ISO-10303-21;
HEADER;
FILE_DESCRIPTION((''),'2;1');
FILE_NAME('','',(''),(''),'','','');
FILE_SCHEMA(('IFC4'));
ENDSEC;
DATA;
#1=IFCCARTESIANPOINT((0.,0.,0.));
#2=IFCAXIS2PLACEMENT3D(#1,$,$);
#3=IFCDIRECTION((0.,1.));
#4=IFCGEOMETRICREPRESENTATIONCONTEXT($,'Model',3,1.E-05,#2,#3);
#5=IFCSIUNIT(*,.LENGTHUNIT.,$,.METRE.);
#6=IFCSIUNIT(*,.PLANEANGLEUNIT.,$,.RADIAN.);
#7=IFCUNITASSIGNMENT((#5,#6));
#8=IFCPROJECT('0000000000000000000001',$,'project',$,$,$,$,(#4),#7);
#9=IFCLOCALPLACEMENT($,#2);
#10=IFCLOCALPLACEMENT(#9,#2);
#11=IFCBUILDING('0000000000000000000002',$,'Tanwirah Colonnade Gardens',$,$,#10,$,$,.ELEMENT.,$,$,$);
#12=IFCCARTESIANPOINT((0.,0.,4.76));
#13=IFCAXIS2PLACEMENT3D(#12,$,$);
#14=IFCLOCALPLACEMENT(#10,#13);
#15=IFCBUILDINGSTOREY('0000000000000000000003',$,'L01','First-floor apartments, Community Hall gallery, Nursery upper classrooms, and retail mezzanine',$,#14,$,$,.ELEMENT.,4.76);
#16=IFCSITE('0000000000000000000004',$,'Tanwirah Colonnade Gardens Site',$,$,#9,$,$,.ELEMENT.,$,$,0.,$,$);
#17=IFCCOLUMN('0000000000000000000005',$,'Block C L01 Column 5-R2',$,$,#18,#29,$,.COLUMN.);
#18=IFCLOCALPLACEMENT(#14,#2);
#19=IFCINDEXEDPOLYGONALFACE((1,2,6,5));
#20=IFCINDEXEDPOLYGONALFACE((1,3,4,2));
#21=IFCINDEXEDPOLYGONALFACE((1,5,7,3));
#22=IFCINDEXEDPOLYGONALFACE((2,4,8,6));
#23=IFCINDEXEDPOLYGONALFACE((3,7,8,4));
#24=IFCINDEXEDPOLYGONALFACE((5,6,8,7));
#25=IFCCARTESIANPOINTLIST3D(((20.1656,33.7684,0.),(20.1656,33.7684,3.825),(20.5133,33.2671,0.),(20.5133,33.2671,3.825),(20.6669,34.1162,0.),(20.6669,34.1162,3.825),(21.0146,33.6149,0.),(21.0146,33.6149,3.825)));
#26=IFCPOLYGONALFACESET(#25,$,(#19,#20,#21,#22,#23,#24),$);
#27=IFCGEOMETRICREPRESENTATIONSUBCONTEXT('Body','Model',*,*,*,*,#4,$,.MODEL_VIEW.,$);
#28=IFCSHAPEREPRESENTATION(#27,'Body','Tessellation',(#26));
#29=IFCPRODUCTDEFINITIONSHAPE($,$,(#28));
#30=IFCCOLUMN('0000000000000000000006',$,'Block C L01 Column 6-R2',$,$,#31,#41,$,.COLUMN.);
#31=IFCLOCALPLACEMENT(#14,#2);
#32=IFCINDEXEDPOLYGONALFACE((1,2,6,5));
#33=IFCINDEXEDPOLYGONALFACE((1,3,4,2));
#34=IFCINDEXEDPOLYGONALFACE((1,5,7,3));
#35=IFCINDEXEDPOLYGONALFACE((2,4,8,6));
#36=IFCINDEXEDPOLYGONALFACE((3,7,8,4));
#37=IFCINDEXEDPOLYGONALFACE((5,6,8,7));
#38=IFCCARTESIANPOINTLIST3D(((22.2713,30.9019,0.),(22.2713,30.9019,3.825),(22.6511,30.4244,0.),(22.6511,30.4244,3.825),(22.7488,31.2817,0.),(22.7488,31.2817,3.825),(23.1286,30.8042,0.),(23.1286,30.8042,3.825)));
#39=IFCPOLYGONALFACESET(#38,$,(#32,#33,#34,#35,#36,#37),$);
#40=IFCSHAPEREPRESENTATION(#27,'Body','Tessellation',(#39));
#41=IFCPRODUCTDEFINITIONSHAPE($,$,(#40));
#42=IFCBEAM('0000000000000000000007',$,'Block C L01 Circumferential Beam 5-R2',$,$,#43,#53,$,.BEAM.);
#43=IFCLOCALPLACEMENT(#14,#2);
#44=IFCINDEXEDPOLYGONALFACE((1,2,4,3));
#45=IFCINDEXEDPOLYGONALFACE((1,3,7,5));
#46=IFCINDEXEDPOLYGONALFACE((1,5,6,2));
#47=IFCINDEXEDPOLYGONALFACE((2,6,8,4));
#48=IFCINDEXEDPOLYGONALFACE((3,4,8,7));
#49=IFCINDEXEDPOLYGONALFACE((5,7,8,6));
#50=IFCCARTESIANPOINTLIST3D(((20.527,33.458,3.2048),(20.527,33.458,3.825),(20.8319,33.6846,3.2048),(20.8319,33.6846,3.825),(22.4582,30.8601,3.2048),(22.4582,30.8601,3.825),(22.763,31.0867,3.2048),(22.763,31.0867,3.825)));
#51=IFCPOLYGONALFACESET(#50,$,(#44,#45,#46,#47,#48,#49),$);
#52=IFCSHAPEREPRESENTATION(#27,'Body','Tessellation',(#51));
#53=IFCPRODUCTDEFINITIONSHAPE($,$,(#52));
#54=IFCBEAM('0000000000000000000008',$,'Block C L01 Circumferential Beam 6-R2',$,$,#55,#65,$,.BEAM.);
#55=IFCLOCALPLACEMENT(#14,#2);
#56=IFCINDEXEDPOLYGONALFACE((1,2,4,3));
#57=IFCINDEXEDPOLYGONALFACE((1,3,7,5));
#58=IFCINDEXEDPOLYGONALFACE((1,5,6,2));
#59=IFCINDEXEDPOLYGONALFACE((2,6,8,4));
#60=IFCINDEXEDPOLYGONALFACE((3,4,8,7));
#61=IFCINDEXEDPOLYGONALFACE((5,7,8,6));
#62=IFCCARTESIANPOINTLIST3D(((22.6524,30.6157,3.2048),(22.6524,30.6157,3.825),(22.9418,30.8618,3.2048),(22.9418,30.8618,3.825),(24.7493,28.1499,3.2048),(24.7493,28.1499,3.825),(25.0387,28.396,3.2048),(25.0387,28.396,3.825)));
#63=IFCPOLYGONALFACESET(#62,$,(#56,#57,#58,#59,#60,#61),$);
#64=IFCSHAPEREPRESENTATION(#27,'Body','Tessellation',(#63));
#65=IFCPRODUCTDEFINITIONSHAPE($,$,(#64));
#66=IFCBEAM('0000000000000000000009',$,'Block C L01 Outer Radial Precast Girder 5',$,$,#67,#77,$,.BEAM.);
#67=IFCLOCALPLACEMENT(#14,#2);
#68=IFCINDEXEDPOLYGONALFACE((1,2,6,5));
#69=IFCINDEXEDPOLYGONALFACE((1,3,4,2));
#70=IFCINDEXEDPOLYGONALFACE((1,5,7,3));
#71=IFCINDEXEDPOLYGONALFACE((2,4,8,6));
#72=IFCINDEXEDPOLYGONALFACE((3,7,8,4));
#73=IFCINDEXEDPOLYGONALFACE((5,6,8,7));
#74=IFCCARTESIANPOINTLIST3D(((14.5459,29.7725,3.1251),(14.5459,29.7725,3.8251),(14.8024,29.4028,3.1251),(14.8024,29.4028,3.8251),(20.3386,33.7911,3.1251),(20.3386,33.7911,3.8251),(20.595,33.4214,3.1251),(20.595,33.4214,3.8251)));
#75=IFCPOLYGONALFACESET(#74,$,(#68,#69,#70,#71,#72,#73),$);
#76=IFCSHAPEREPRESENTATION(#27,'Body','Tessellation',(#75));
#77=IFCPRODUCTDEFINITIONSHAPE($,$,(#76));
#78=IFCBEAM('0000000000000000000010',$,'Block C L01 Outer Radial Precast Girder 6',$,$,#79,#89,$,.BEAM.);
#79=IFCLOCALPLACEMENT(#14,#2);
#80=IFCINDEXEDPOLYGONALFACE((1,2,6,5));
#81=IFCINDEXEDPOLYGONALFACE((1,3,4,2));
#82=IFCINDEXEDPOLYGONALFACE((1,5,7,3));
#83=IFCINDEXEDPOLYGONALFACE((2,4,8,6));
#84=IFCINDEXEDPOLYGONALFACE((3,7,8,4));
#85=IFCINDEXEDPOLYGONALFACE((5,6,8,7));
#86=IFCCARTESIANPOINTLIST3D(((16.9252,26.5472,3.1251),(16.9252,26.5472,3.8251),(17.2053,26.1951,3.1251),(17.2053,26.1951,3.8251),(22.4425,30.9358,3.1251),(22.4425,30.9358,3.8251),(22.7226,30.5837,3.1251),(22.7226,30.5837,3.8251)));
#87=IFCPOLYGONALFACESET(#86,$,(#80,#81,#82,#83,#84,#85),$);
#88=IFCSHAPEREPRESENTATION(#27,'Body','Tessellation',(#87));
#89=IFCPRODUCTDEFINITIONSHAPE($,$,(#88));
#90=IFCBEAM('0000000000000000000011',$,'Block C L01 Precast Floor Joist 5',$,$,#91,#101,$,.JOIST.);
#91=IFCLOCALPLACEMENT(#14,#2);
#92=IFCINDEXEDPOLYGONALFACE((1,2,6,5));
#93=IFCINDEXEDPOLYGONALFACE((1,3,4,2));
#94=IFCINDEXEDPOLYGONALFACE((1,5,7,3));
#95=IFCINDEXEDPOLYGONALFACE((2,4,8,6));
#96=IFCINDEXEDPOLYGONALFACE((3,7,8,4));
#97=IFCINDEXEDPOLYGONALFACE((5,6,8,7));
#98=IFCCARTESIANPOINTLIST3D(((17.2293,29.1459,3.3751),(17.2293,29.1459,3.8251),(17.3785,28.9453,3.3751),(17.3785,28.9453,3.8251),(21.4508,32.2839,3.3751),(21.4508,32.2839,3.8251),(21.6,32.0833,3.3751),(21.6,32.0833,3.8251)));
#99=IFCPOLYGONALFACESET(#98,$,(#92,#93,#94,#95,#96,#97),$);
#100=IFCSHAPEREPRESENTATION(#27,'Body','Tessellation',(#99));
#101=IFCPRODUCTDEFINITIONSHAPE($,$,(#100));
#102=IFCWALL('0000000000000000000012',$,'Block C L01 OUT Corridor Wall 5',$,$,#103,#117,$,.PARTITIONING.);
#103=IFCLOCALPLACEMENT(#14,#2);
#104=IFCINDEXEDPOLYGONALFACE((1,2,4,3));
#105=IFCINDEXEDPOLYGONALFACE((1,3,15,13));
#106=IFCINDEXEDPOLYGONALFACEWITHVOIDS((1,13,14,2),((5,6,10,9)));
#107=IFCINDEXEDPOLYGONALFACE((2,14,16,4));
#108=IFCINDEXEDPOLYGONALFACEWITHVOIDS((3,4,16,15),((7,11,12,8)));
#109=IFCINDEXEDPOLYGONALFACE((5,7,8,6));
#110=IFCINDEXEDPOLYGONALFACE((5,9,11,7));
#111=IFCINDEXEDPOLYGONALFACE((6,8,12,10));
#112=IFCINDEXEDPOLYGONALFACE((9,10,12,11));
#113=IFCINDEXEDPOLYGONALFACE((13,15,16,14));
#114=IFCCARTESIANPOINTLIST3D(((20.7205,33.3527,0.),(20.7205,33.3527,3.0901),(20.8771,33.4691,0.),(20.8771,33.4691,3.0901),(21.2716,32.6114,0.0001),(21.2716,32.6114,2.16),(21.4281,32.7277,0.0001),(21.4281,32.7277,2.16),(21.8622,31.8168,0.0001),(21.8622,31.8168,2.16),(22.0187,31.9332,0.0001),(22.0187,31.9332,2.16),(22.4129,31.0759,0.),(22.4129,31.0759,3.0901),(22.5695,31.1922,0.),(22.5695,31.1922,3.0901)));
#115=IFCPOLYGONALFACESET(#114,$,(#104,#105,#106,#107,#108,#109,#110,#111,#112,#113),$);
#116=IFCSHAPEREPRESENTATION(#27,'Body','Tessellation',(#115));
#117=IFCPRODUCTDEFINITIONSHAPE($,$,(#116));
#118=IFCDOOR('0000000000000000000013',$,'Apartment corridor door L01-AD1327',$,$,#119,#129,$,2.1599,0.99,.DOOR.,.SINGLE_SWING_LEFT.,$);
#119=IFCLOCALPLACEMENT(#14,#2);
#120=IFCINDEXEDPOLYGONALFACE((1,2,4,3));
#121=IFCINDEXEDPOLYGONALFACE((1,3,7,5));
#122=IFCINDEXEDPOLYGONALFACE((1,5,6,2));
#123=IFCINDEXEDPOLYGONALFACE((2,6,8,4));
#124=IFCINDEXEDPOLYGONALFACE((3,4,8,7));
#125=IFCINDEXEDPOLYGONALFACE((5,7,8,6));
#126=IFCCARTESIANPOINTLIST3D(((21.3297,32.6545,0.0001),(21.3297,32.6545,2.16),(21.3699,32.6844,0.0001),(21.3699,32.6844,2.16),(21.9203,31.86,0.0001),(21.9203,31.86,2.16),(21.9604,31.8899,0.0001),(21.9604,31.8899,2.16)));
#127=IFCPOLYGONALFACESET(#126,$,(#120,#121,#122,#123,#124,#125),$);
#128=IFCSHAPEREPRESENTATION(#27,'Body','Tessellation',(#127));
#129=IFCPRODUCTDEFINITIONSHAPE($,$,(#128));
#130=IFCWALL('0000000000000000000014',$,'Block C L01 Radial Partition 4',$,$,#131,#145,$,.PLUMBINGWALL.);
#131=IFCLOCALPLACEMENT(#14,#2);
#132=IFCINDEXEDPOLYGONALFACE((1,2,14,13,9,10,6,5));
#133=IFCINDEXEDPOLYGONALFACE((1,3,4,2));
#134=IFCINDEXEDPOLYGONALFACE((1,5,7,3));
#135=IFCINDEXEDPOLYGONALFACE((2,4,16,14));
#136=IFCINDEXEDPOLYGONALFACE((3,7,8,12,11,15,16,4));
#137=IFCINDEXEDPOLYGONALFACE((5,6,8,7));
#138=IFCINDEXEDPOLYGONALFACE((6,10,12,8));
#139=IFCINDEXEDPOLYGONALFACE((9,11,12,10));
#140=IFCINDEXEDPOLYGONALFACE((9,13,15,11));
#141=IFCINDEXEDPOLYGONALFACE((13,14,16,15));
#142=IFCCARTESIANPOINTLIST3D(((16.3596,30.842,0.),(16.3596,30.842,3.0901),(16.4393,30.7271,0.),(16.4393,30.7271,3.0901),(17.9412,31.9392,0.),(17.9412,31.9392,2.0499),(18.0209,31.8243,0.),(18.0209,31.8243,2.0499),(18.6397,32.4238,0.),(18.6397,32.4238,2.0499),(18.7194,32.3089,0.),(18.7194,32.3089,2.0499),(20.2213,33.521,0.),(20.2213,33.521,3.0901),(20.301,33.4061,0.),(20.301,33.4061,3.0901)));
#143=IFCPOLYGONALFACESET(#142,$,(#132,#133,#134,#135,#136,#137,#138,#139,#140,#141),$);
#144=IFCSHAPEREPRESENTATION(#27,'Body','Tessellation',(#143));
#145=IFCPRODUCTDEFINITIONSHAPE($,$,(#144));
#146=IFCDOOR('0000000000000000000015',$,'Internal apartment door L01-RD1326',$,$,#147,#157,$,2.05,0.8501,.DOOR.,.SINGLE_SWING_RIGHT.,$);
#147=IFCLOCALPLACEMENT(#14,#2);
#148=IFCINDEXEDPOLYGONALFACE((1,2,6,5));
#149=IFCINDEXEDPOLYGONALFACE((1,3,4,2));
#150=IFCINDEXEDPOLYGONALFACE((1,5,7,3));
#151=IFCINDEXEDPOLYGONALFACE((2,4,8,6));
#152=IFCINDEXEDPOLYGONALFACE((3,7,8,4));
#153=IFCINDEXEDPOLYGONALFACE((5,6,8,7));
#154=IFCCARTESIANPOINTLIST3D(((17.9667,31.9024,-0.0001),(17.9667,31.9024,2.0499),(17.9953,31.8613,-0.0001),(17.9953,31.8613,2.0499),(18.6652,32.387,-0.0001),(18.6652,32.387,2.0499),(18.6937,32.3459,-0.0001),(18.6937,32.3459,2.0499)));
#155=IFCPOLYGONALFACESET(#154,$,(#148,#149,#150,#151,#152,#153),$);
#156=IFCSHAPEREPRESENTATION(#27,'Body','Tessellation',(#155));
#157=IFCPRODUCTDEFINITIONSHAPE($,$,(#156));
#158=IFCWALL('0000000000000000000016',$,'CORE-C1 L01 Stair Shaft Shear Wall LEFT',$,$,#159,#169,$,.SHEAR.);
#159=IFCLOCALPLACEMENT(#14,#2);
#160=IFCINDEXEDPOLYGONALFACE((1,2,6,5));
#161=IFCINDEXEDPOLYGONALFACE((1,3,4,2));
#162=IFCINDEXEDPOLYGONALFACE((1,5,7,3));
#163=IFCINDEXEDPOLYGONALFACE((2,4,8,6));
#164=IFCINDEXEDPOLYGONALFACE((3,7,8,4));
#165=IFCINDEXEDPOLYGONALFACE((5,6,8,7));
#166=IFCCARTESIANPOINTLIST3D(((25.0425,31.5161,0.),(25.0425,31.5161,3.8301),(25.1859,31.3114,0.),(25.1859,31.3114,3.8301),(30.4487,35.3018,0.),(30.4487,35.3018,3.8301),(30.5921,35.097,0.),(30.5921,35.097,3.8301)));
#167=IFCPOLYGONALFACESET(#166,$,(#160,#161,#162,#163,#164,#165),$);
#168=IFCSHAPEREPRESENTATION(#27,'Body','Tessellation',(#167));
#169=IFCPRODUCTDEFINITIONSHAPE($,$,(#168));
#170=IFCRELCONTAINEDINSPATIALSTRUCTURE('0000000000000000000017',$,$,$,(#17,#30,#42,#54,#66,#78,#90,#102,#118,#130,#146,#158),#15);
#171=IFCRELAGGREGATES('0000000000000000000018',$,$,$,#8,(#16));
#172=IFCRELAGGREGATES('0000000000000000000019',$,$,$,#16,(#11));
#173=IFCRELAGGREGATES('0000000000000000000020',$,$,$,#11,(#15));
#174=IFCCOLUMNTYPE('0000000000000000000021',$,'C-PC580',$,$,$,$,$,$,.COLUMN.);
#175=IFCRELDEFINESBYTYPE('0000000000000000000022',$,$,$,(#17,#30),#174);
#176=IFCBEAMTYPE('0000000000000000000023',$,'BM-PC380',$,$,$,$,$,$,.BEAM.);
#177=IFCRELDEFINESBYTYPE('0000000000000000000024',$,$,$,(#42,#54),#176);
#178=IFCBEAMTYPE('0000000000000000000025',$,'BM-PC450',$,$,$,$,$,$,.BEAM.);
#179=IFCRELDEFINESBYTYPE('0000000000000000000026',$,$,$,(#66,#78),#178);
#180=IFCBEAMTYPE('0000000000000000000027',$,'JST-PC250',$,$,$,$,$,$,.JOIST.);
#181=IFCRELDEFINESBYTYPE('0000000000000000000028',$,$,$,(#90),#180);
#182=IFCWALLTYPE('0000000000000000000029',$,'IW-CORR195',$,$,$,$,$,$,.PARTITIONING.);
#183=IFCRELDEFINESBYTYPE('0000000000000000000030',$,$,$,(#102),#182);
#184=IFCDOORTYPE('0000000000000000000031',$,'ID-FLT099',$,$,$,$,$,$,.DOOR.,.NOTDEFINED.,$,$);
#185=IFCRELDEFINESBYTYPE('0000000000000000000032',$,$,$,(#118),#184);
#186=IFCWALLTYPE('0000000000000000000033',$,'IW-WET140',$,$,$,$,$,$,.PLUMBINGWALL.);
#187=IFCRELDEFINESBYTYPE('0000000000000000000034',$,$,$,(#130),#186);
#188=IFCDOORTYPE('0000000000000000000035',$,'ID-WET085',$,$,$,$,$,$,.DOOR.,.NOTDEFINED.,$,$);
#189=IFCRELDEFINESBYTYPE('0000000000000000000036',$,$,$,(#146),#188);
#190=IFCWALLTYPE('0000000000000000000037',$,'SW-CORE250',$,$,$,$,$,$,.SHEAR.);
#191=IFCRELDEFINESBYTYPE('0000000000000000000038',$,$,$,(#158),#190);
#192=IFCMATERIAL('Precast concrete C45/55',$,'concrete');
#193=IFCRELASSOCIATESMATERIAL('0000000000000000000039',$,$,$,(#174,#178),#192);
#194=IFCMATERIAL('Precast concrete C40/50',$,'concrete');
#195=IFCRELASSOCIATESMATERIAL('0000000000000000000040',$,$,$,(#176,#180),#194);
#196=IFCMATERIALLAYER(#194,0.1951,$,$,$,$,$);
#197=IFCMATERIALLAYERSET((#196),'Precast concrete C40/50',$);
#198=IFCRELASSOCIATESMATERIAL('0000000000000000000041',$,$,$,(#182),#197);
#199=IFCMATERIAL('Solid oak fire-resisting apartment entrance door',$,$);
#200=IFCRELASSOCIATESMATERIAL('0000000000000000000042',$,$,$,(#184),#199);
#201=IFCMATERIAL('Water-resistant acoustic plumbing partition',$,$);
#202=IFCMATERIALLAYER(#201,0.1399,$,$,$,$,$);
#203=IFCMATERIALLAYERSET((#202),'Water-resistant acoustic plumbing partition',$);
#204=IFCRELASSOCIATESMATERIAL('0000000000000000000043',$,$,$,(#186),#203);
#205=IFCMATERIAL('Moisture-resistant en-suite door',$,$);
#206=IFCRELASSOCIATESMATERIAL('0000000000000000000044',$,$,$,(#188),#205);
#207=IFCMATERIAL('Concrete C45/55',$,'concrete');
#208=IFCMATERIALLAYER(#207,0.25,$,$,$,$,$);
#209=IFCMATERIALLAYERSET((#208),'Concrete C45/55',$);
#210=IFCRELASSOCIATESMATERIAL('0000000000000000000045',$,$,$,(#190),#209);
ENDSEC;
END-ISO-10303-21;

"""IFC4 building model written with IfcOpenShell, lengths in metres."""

from ifc_helpers import new_model, si_unit, direction, frame, frame_2d, origin, origin_2d, place, context, subcontext, project, spatial, rectangle, extrude, material, layer, layer_set, material_profile, profile_set, type_object, element, fill, save


model = new_model("IFC4")

# Units and contexts
model_context = context("Model", 3, precision=1e-05, world=origin(), true_north=direction((0.0, 1.0)))
body_context = subcontext(model_context, "Body", "Model", "MODEL_VIEW")
ifc_project = project(units=[si_unit("LENGTHUNIT", "METRE"), si_unit("PLANEANGLEUNIT", "RADIAN")], contexts=[model_context])

# Site, building, storey
site_placement = place(None, origin())
site = spatial("IfcSite", under=ifc_project, at=site_placement, Name="Tanwirah Colonnade Gardens Site", CompositionType="ELEMENT", RefElevation=0.0)
building_placement = place(site_placement, origin())
building = spatial("IfcBuilding", under=site, at=building_placement, Name="Tanwirah Colonnade Gardens", CompositionType="ELEMENT")
storey_placement = place(building_placement, frame((0.0, 0.0, 4.76)))
storey = spatial("IfcBuildingStorey", under=building, at=storey_placement, Name="L01", Description="First-floor apartments, Community Hall gallery, Nursery upper classrooms, and retail mezzanine", CompositionType="ELEMENT", Elevation=4.76)

# Columns
ifc_material_1 = material(Name="Precast concrete C45/55", Category="concrete")
ifc_material_profile_1 = material_profile(ifc_material_1, rectangle(XDim=0.6101, YDim=0.6101, at=origin_2d()), Name="PC-COL 610x610")
ifc_profile_set_1 = profile_set([ifc_material_profile_1], Name="Precast concrete C45/55")
column_type = type_object("IfcColumnType", Name="C-PC580", PredefinedType="COLUMN", material=ifc_profile_set_1)
for number, where, z_axis, x_axis, name in (
    (1, (20.5901, 33.6917, 0.0), (0.0, 0.0, 1.0), (-0.821647, -0.569997, 0.0), "Block C L01 Column 5-R2"),
    (2, (22.7, 30.853, 0.0), (0.0, 0.0, 1.0), (-0.782608, -0.622515, 0.0), "Block C L01 Column 6-R2"),
):
    element("IfcColumn", number, at=place(storey_placement, frame(where, z_axis=z_axis, x_axis=x_axis)), inside=storey, type_object=column_type, Name=name, PredefinedType="COLUMN", context=body_context, shape_type="SweptSolid", body=[
        extrude(rectangle(XDim=0.6101, YDim=0.6101, at=origin_2d()), origin(), (0.0, 0.0, 1.0), 3.825),
    ])

# Beams
ifc_material_2 = material(Name="Precast concrete C40/50", Category="concrete")
ifc_material_profile_2 = material_profile(ifc_material_2, rectangle(XDim=0.3799, YDim=0.6201, at=origin_2d()), Name="PC-BM 380x620")
ifc_profile_set_2 = profile_set([ifc_material_profile_2], Name="Precast concrete C40/50")
beam_type_1 = type_object("IfcBeamType", Name="BM-PC380", PredefinedType="BEAM", material=ifc_profile_set_2)
beam_1_placement = place(storey_placement, frame((20.6794, 33.5713, 3.5149), z_axis=(0.596579, -0.802554, 0.0), x_axis=(0.802554, 0.596579, 0.0)))
element("IfcBeam", 3, at=beam_1_placement, inside=storey, type_object=beam_type_1, Name="Block C L01 Circumferential Beam 5-R2", PredefinedType="BEAM", context=body_context, shape_type="SweptSolid", body=[
    extrude(rectangle(XDim=0.3799, YDim=0.6201, at=origin_2d()), origin(), (0.0, 0.0, 1.0), 3.2371),
])
beam_2_placement = place(storey_placement, frame((22.7971, 30.7388, 3.5149), z_axis=(0.647824, -0.76179, 0.0), x_axis=(0.76179, 0.647824, 0.0)))
element("IfcBeam", 4, at=beam_2_placement, inside=storey, type_object=beam_type_1, Name="Block C L01 Circumferential Beam 6-R2", PredefinedType="BEAM", context=body_context, shape_type="SweptSolid", body=[
    extrude(rectangle(XDim=0.3799, YDim=0.6201, at=origin_2d()), origin(), (0.0, 0.0, 1.0), 3.2368),
])
ifc_material_profile_3 = material_profile(ifc_material_1, rectangle(XDim=0.45, YDim=0.7, at=origin_2d()), Name="PC-BM 450x700")
ifc_profile_set_3 = profile_set([ifc_material_profile_3], Name="Precast concrete C45/55")
beam_type_2 = type_object("IfcBeamType", Name="BM-PC450", PredefinedType="BEAM", material=ifc_profile_set_3)
beam_3_placement = place(storey_placement, frame((20.4668, 33.6062, 3.4751), z_axis=(-0.821647, -0.569997, 0.0), x_axis=(0.569997, -0.821647, 0.0)))
element("IfcBeam", 5, at=beam_3_placement, inside=storey, type_object=beam_type_2, Name="Block C L01 Outer Radial Precast Girder 5", PredefinedType="BEAM", context=body_context, shape_type="SweptSolid", body=[
    extrude(rectangle(XDim=0.45, YDim=0.7, at=origin_2d()), origin(), (0.0, 0.0, 1.0), 7.05),
])
beam_4_placement = place(storey_placement, frame((22.5825, 30.7598, 3.4751), z_axis=(-0.782609, -0.622513, 0.0), x_axis=(0.622513, -0.782609, 0.0)))
element("IfcBeam", 6, at=beam_4_placement, inside=storey, type_object=beam_type_2, Name="Block C L01 Outer Radial Precast Girder 6", PredefinedType="BEAM", context=body_context, shape_type="SweptSolid", body=[
    extrude(rectangle(XDim=0.45, YDim=0.7, at=origin_2d()), origin(), (0.0, 0.0, 1.0), 7.0498),
])
ifc_material_profile_4 = material_profile(ifc_material_2, rectangle(XDim=0.25, YDim=0.45, at=origin_2d()), Name="PC-JST 250x450")
ifc_profile_set_4 = profile_set([ifc_material_profile_4], Name="Precast concrete C40/50")
beam_type_3 = type_object("IfcBeamType", Name="JST-PC250", PredefinedType="JOIST", material=ifc_profile_set_4)
beam_5_placement = place(storey_placement, frame((21.5254, 32.1836, 3.6001), z_axis=(-0.80256, -0.596571, 0.0), x_axis=(0.596571, -0.80256, 0.0)))
element("IfcBeam", 7, at=beam_5_placement, inside=storey, type_object=beam_type_3, Name="Block C L01 Precast Floor Joist 5", PredefinedType="JOIST", context=body_context, shape_type="SweptSolid", body=[
    extrude(rectangle(XDim=0.25, YDim=0.45, at=origin_2d()), origin(), (0.0, 0.0, 1.0), 5.26),
])

# Walls, openings, doors
ifc_layer_1 = layer(ifc_material_2, 0.1951)
ifc_layer_set_1 = layer_set([ifc_layer_1], Name="Precast concrete C40/50")
wall_type_1 = type_object("IfcWallType", Name="IW-CORR195", PredefinedType="PARTITIONING", material=ifc_layer_set_1)
wall_1_placement = place(storey_placement, frame((20.7988, 33.4109, 0.0), z_axis=(0.0, 0.0, 1.0), x_axis=(0.596552, -0.802574, 0.0)))
wall_1 = element("IfcWall", 8, at=wall_1_placement, inside=storey, type_object=wall_type_1, Name="Block C L01 OUT Corridor Wall 5", PredefinedType="PARTITIONING", context=body_context, shape_type="SweptSolid", body=[
    extrude(rectangle(XDim=2.8369, YDim=0.1951, at=frame_2d((1.4185, 0.0))), origin(), (0.0, 0.0, 1.0), 3.0901),
])
opening_1_placement = place(wall_1_placement, frame((0.9236, 0.0, 0.0)))
opening_1 = element("IfcOpeningElement", 9, at=opening_1_placement, cuts=wall_1, PredefinedType="OPENING", context=body_context, shape_type="SweptSolid", body=[
    extrude(rectangle(XDim=0.99, YDim=2.1599, at=frame_2d((0.4951, 1.0801))), frame((0.0, 0.1074, 0.0), z_axis=(0.0, -1.0, 0.0), x_axis=(1.0, 0.0, 0.0)), (0.0, 0.0, 1.0), 0.2151),
])
ifc_material_3 = material(Name="Solid oak fire-resisting apartment entrance door")
door_type_1 = type_object("IfcDoorType", Name="ID-FLT099", OperationType="NOTDEFINED", PredefinedType="DOOR", material=ifc_material_3)
door_1_placement = place(opening_1_placement, origin())
door_1 = element("IfcDoor", 10, at=door_1_placement, inside=storey, type_object=door_type_1, Name="Apartment corridor door L01-AD1327", OperationType="SINGLE_SWING_LEFT", OverallHeight=2.1599, OverallWidth=0.99, PredefinedType="DOOR", context=body_context, shape_type="SweptSolid", body=[
    extrude(rectangle(XDim=0.99, YDim=2.1599, at=frame_2d((0.4951, 1.0801))), frame((0.0, 0.0249, 0.0), z_axis=(0.0, -1.0, 0.0), x_axis=(1.0, 0.0, 0.0)), (0.0, 0.0, 1.0), 0.05),
])
fill(opening_1, door_1)
ifc_material_4 = material(Name="Water-resistant acoustic plumbing partition")
ifc_layer_2 = layer(ifc_material_4, 0.1399)
ifc_layer_set_2 = layer_set([ifc_layer_2], Name="Water-resistant acoustic plumbing partition")
wall_type_2 = type_object("IfcWallType", Name="IW-WET140", PredefinedType="PLUMBINGWALL", material=ifc_layer_set_2)
wall_2_placement = place(storey_placement, frame((20.2612, 33.4636, 0.0), z_axis=(0.0, 0.0, 1.0), x_axis=(-0.821638, -0.570009, 0.0)))
wall_2 = element("IfcWall", 11, at=wall_2_placement, inside=storey, type_object=wall_type_2, Name="Block C L01 Radial Partition 4", PredefinedType="PLUMBINGWALL", context=body_context, shape_type="SweptSolid", body=[
    extrude(rectangle(XDim=4.7, YDim=0.1399, at=frame_2d((2.3501, 0.0))), origin(), (0.0, 0.0, 1.0), 3.0901),
])
opening_2_placement = place(wall_2_placement, frame((1.925, 0.0, 0.0)))
opening_2 = element("IfcOpeningElement", 12, at=opening_2_placement, cuts=wall_2, PredefinedType="OPENING", context=body_context, shape_type="SweptSolid", body=[
    extrude(rectangle(XDim=0.8501, YDim=2.05, at=frame_2d((0.425, 1.0249))), frame((0.0, 0.0798, 0.0), z_axis=(0.0, -1.0, 0.0), x_axis=(1.0, 0.0, 0.0)), (0.0, 0.0, 1.0), 0.1599),
])
ifc_material_5 = material(Name="Moisture-resistant en-suite door")
door_type_2 = type_object("IfcDoorType", Name="ID-WET085", OperationType="NOTDEFINED", PredefinedType="DOOR", material=ifc_material_5)
door_2_placement = place(opening_2_placement, origin())
door_2 = element("IfcDoor", 13, at=door_2_placement, inside=storey, type_object=door_type_2, Name="Internal apartment door L01-RD1326", OperationType="SINGLE_SWING_RIGHT", OverallHeight=2.05, OverallWidth=0.8501, PredefinedType="DOOR", context=body_context, shape_type="SweptSolid", body=[
    extrude(rectangle(XDim=0.8501, YDim=2.05, at=frame_2d((0.425, 1.0249))), frame((0.0, 0.0249, 0.0), z_axis=(0.0, -1.0, 0.0), x_axis=(1.0, 0.0, 0.0)), (0.0, 0.0, 1.0), 0.05),
])
fill(opening_2, door_2)

# Wall
ifc_material_6 = material(Name="Concrete C45/55", Category="concrete")
ifc_layer_3 = layer(ifc_material_6, 0.25)
ifc_layer_set_3 = layer_set([ifc_layer_3], Name="Concrete C45/55")
wall_type_3 = type_object("IfcWallType", Name="SW-CORE250", PredefinedType="SHEAR", material=ifc_layer_set_3)
wall_3_placement = place(storey_placement, frame((25.1143, 31.4138, 0.0), z_axis=(0.0, 0.0, 1.0), x_axis=(0.819142, 0.573591, 0.0)))
element("IfcWall", 14, at=wall_3_placement, inside=storey, type_object=wall_type_3, Name="CORE-C1 L01 Stair Shaft Shear Wall LEFT", PredefinedType="SHEAR", context=body_context, shape_type="SweptSolid", body=[
    extrude(rectangle(XDim=6.5999, YDim=0.25, at=frame_2d((3.2998, 0.0))), origin(), (0.0, 0.0, 1.0), 3.8301),
])

save(model, "model.ifc")
